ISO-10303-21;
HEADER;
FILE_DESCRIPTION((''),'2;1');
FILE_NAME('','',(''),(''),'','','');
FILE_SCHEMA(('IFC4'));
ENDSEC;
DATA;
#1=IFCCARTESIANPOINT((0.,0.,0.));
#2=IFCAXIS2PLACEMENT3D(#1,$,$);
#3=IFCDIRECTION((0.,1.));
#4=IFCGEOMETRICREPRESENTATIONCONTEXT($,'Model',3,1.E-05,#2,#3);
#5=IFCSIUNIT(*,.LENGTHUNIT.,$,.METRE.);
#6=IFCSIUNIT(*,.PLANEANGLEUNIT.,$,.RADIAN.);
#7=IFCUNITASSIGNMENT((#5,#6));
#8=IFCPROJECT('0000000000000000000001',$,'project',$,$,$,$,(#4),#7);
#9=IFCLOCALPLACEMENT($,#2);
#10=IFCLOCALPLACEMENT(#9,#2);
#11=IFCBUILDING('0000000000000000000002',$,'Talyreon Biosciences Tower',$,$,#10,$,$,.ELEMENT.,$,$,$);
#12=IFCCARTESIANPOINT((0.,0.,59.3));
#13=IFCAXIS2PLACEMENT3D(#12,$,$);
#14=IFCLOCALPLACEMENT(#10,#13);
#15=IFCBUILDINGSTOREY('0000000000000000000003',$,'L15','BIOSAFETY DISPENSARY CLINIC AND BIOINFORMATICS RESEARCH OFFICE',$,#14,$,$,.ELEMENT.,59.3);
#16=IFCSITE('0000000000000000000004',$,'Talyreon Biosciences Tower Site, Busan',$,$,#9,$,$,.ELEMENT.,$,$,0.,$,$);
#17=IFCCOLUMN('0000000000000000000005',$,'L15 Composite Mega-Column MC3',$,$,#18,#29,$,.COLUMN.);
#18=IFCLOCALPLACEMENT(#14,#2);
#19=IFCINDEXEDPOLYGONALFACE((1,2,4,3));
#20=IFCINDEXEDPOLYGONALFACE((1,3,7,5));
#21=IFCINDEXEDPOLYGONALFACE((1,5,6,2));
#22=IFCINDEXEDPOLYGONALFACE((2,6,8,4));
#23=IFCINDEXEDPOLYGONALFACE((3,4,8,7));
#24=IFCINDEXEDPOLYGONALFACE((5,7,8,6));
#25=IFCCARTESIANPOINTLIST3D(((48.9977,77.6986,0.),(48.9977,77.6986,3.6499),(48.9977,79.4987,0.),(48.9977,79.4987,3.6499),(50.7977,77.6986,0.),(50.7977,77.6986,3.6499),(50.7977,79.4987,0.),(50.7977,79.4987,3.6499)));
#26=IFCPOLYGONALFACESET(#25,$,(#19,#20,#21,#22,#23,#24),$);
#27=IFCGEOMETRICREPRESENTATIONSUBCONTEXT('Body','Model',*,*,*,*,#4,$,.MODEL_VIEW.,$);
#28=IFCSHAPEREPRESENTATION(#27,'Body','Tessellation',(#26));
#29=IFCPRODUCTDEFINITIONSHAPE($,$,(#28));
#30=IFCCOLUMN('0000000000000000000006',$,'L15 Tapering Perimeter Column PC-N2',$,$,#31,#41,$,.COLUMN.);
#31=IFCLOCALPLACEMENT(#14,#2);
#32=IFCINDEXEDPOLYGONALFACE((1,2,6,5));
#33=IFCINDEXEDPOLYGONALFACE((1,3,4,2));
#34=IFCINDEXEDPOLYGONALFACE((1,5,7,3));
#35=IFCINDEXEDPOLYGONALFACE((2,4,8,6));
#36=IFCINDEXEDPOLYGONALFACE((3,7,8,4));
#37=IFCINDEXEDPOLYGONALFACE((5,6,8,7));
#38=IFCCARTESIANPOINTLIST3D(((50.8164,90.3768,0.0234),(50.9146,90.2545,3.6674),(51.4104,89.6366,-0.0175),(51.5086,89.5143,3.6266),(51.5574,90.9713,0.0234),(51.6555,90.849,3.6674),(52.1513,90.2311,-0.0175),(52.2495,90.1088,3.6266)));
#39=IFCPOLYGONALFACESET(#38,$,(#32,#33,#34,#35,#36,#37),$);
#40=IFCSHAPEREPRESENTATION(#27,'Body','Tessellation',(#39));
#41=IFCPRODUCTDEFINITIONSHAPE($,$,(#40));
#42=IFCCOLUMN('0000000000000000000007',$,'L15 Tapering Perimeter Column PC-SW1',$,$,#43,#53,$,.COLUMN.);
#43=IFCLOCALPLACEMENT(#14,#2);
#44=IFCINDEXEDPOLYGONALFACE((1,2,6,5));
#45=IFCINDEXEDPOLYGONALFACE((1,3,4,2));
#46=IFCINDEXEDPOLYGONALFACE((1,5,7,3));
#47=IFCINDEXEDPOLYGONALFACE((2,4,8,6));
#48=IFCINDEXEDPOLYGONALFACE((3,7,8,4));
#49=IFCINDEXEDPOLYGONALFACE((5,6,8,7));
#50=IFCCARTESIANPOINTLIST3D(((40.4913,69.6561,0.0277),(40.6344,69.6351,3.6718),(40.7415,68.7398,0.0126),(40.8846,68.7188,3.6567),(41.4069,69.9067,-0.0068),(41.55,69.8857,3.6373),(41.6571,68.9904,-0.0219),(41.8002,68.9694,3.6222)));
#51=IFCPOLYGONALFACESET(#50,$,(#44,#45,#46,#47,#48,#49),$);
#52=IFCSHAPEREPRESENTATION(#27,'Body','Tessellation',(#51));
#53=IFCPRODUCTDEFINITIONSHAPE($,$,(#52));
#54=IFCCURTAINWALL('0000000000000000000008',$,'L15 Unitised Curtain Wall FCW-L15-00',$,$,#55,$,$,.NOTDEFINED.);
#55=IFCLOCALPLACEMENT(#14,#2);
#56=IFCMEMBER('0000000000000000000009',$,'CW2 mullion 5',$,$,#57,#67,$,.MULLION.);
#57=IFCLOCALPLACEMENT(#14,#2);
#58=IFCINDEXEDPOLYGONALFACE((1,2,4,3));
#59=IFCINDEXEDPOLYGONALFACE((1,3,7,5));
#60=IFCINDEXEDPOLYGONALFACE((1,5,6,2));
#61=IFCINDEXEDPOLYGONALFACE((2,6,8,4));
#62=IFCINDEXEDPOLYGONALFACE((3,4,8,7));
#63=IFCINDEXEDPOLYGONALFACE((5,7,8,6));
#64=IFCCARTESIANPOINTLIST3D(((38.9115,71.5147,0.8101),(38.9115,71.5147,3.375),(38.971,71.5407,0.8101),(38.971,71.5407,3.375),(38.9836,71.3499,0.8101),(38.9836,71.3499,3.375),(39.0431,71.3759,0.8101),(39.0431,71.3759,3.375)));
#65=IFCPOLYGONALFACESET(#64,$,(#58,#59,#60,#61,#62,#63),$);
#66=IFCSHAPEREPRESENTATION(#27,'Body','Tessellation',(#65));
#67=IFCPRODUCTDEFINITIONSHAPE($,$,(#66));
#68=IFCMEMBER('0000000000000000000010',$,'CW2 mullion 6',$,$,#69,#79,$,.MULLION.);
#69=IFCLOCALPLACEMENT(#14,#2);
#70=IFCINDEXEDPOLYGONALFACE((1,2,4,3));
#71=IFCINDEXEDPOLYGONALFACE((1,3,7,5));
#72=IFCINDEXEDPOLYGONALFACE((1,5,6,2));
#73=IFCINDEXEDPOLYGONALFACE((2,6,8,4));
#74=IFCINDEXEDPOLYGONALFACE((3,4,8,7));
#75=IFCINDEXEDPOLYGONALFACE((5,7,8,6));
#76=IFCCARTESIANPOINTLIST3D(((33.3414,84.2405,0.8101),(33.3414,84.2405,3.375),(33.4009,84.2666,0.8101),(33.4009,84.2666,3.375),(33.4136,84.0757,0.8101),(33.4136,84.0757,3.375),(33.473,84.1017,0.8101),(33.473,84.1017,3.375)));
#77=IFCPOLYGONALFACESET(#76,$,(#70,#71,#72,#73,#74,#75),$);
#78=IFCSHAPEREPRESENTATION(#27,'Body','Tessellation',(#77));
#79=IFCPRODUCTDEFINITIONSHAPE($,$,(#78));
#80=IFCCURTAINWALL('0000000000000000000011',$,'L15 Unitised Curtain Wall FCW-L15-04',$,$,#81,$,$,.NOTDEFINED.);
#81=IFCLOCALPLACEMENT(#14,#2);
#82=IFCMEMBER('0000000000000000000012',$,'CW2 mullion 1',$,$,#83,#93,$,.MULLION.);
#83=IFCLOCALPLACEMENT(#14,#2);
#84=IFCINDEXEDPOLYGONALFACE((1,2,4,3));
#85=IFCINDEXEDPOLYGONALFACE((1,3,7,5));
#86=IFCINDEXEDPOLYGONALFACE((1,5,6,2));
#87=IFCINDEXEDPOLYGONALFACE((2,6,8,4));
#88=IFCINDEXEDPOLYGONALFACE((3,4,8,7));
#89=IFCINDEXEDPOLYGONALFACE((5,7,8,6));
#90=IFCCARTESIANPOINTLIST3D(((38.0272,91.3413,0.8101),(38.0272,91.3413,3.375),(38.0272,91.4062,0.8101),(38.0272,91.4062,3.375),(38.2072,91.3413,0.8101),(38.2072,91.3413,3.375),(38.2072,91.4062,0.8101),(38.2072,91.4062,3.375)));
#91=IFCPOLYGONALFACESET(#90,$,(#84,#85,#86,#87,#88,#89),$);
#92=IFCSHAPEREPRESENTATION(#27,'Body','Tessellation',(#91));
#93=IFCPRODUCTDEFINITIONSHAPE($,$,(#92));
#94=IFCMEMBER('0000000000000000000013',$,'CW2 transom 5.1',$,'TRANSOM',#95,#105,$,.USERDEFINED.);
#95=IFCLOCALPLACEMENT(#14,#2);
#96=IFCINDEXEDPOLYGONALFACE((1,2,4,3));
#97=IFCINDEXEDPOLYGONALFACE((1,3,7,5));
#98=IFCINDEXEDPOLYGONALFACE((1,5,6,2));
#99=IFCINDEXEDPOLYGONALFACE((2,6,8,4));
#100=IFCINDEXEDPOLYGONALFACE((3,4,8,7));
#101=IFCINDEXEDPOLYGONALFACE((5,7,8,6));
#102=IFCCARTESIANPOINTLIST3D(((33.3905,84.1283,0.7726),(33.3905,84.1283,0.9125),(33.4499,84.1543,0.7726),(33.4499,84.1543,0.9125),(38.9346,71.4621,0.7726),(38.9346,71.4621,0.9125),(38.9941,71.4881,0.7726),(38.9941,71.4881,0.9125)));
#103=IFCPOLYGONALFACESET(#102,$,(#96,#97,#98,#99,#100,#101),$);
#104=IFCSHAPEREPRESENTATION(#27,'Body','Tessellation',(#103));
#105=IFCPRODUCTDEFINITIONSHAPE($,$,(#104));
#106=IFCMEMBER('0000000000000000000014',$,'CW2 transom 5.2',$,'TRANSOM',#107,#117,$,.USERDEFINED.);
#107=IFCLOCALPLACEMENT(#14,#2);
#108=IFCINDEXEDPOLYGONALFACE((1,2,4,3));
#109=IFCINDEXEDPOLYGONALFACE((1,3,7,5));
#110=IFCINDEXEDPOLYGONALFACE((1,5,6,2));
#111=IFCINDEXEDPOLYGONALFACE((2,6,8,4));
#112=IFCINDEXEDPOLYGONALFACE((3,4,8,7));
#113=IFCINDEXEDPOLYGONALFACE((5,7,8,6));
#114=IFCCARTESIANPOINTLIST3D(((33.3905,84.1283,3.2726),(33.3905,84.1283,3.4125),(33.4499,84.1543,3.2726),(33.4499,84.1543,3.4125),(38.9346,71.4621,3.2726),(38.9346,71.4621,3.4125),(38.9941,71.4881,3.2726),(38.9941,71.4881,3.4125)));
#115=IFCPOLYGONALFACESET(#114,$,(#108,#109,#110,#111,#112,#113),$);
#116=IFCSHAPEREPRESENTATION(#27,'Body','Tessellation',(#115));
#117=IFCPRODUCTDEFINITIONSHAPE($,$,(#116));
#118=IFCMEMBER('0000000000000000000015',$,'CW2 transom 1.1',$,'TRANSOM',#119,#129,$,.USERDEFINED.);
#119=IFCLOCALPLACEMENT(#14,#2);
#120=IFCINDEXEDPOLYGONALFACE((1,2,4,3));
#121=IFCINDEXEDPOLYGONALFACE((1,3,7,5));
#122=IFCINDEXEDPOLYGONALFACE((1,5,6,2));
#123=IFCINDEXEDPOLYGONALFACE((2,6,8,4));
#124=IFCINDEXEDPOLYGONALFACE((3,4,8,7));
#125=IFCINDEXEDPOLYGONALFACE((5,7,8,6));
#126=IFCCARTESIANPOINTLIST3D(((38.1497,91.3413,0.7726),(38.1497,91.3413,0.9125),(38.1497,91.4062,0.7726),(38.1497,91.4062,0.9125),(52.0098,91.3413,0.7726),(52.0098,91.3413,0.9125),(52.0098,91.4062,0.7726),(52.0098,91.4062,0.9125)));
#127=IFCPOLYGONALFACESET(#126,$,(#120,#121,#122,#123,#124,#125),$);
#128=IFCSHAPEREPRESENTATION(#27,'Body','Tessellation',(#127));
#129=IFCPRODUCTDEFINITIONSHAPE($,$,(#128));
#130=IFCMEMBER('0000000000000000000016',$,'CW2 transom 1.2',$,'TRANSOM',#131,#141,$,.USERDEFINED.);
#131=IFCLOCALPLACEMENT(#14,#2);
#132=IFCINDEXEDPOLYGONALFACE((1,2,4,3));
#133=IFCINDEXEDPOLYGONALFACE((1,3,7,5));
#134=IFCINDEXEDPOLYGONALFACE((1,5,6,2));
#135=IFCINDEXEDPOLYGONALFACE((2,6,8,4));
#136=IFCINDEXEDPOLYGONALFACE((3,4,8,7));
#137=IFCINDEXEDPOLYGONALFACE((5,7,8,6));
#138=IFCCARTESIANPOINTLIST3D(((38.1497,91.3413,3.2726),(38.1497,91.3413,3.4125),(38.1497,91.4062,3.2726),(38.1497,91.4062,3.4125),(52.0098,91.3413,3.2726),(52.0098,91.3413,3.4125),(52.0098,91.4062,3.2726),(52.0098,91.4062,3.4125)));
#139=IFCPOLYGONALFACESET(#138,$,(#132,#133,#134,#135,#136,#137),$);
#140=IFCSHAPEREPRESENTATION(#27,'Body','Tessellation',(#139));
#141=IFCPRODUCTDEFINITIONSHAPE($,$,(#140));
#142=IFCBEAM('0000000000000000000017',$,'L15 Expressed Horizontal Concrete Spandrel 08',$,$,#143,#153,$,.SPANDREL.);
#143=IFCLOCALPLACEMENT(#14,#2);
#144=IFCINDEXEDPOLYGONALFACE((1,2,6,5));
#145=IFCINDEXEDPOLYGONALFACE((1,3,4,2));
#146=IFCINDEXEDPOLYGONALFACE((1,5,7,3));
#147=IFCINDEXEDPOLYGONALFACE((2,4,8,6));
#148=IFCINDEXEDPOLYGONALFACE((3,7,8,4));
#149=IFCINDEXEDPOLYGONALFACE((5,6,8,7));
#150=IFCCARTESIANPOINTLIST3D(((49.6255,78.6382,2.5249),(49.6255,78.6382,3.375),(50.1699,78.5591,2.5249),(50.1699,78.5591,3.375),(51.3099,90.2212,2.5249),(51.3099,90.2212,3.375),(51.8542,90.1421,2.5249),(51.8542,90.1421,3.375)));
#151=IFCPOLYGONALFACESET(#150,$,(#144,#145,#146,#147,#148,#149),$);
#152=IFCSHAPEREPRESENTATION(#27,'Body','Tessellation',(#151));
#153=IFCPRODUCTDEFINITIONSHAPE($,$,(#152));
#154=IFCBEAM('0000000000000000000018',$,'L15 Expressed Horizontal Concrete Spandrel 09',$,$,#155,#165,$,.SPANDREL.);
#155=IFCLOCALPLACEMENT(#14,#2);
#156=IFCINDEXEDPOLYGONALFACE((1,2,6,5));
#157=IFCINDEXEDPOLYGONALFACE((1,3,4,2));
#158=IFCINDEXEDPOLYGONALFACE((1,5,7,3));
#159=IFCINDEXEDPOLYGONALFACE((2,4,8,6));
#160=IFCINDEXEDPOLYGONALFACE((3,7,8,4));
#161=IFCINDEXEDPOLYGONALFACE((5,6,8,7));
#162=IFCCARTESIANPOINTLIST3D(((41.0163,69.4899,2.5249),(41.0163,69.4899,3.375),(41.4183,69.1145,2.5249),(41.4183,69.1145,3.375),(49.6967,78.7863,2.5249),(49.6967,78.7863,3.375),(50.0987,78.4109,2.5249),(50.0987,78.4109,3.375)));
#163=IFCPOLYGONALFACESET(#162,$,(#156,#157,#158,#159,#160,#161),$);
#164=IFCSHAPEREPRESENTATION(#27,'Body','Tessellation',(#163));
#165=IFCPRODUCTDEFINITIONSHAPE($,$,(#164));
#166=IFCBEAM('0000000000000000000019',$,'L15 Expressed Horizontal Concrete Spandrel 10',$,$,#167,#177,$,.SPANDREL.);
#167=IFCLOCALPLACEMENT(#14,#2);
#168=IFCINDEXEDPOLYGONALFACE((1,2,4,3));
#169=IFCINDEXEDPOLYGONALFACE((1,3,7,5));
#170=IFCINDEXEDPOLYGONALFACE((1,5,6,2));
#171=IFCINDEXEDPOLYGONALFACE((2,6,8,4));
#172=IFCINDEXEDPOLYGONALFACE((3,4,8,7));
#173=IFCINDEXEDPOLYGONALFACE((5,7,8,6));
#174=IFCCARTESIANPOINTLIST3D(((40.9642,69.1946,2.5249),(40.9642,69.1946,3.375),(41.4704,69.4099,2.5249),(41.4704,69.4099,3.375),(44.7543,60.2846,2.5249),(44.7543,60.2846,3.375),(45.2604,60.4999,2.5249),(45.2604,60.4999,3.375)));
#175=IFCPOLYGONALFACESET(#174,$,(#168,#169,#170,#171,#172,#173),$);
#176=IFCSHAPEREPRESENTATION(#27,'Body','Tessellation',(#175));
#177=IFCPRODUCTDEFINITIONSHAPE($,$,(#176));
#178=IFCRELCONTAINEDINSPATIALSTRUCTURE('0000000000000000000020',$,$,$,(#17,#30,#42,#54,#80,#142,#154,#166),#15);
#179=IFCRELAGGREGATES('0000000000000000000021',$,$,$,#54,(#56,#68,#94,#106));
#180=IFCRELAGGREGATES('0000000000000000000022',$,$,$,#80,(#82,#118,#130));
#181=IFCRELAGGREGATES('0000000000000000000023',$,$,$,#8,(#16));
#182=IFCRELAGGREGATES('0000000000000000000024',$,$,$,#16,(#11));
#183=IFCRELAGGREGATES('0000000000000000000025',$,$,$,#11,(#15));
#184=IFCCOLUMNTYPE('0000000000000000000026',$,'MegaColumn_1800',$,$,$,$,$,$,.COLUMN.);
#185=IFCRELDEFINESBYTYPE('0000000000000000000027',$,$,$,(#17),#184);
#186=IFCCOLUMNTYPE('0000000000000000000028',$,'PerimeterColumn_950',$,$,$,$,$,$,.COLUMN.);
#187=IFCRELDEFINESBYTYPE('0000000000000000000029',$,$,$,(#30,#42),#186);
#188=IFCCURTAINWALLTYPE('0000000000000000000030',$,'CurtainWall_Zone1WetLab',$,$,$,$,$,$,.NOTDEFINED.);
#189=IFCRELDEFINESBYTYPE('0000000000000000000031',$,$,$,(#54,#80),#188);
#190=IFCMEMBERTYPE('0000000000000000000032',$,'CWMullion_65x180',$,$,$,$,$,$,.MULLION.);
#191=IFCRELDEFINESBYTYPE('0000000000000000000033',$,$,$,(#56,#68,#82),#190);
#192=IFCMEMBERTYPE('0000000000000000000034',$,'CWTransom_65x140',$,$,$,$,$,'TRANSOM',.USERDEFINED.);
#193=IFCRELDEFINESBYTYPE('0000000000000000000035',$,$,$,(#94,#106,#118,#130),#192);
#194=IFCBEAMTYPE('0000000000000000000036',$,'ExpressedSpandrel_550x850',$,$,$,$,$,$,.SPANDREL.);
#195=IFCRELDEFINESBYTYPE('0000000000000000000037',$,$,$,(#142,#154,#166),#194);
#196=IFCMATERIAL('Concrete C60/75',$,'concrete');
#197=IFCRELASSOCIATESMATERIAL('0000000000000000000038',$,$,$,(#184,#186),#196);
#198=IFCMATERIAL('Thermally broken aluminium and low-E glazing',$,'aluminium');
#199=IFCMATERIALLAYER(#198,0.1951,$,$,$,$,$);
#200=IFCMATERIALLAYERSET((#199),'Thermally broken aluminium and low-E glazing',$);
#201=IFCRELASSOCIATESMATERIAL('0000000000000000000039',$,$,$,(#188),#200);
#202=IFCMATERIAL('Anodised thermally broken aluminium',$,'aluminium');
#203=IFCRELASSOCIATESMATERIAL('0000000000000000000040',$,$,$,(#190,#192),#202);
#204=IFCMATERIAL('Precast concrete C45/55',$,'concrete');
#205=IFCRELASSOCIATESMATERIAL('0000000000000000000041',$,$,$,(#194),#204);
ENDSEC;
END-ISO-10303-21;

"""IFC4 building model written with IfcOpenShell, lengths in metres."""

from ifc_helpers import new_model, si_unit, direction, frame, origin, origin_2d, place, context, subcontext, project, spatial, rectangle, extrude, material, layer, layer_set, material_profile, profile_set, type_object, element, aggregate, save


model = new_model("IFC4")

# Units and contexts
model_context = context("Model", 3, precision=1e-05, world=origin(), true_north=direction((0.0, 1.0)))
body_context = subcontext(model_context, "Body", "Model", "MODEL_VIEW")
ifc_project = project(units=[si_unit("LENGTHUNIT", "METRE"), si_unit("PLANEANGLEUNIT", "RADIAN")], contexts=[model_context])

# Site, building, storey
site_placement = place(None, origin())
site = spatial("IfcSite", under=ifc_project, at=site_placement, Name="Talyreon Biosciences Tower Site, Busan", CompositionType="ELEMENT", RefElevation=0.0)
building_placement = place(site_placement, origin())
building = spatial("IfcBuilding", under=site, at=building_placement, Name="Talyreon Biosciences Tower", CompositionType="ELEMENT")
storey_placement = place(building_placement, frame((0.0, 0.0, 59.3)))
storey = spatial("IfcBuildingStorey", under=building, at=storey_placement, Name="L15", Description="BIOSAFETY DISPENSARY CLINIC AND BIOINFORMATICS RESEARCH OFFICE", CompositionType="ELEMENT", Elevation=59.3)

# Columns
ifc_material_1 = material(Name="Concrete C60/75", Category="concrete")
ifc_material_profile_1 = material_profile(ifc_material_1, rectangle(XDim=1.8, YDim=1.8, at=origin_2d()), Name="RC 1800x1800")
ifc_profile_set_1 = profile_set([ifc_material_profile_1], Name="Concrete C60/75")
column_type_1 = type_object("IfcColumnType", Name="MegaColumn_1800", PredefinedType="COLUMN", material=ifc_profile_set_1)
column_1_placement = place(storey_placement, frame((49.8977, 78.5986, 0.0), z_axis=(0.0, 0.0, 1.0), x_axis=(1.0, 0.0, 0.0)))
element("IfcColumn", 1, at=column_1_placement, inside=storey, type_object=column_type_1, Name="L15 Composite Mega-Column MC3", PredefinedType="COLUMN", context=body_context, shape_type="SweptSolid", body=[
    extrude(rectangle(XDim=1.8, YDim=1.8, at=origin_2d()), origin(), (0.0, 0.0, 1.0), 3.6499),
])
ifc_material_profile_2 = material_profile(ifc_material_1, rectangle(XDim=0.95, YDim=0.95, at=origin_2d()), Name="RC 950x950")
ifc_profile_set_2 = profile_set([ifc_material_profile_2], Name="Concrete C60/75")
column_type_2 = type_object("IfcColumnType", Name="PerimeterColumn_950", PredefinedType="COLUMN", material=ifc_profile_set_2)
column_2_placement = place(storey_placement, frame((51.4839, 90.304, 0.0029), z_axis=(0.026908, -0.033535, 0.999075), x_axis=(-0.779957, -0.625834, 0.0)))
element("IfcColumn", 2, at=column_2_placement, inside=storey, type_object=column_type_2, Name="L15 Tapering Perimeter Column PC-N2", PredefinedType="COLUMN", context=body_context, shape_type="SweptSolid", body=[
    extrude(rectangle(XDim=0.95, YDim=0.95, at=origin_2d()), origin(), (0.0, 0.0, 1.0), 3.6475),
])
column_3_placement = place(storey_placement, frame((41.0742, 69.3232, 0.0029), z_axis=(0.039229, -0.005757, 0.999214), x_axis=(0.963891, 0.263809, -0.036323)))
element("IfcColumn", 3, at=column_3_placement, inside=storey, type_object=column_type_2, Name="L15 Tapering Perimeter Column PC-SW1", PredefinedType="COLUMN", context=body_context, shape_type="SweptSolid", body=[
    extrude(rectangle(XDim=0.95, YDim=0.95, at=origin_2d()), origin(), (0.0, 0.0, 1.0), 3.647),
])

# Curtain wall, members
ifc_material_2 = material(Name="Thermally broken aluminium and low-E glazing", Category="aluminium")
ifc_layer_1 = layer(ifc_material_2, 0.1951)
ifc_layer_set_1 = layer_set([ifc_layer_1], Name="Thermally broken aluminium and low-E glazing")
curtain_wall_type = type_object("IfcCurtainWallType", Name="CurtainWall_Zone1WetLab", PredefinedType="NOTDEFINED", material=ifc_layer_set_1)
curtain_wall_1_placement = place(storey_placement, origin())
curtain_wall_1 = element("IfcCurtainWall", 4, at=curtain_wall_1_placement, inside=storey, type_object=curtain_wall_type, Name="L15 Unitised Curtain Wall FCW-L15-00", PredefinedType="NOTDEFINED")
ifc_material_3 = material(Name="Anodised thermally broken aluminium", Category="aluminium")
ifc_material_profile_3 = material_profile(ifc_material_3, rectangle(XDim=0.0649, YDim=0.1799, at=origin_2d()), Name="ALUM MULLION 65x180")
ifc_profile_set_3 = profile_set([ifc_material_profile_3], Name="Anodised thermally broken aluminium")
member_type_1 = type_object("IfcMemberType", Name="CWMullion_65x180", PredefinedType="MULLION", material=ifc_profile_set_3)
member_1_placement = place(storey_placement, frame((38.9773, 71.4453, 0.8101), z_axis=(0.0, 0.0, 1.0), x_axis=(-0.916092, -0.400968, 0.0)))
member_1 = element("IfcMember", 5, at=member_1_placement, type_object=member_type_1, Name="CW2 mullion 5", PredefinedType="MULLION", context=body_context, shape_type="SweptSolid", body=[
    extrude(rectangle(XDim=0.0649, YDim=0.1799, at=origin_2d()), origin(), (0.0, 0.0, 1.0), 2.5649),
])
member_2_placement = place(storey_placement, frame((33.4072, 84.1711, 0.8101), z_axis=(0.0, 0.0, 1.0), x_axis=(-0.916092, -0.400968, 0.0)))
member_2 = element("IfcMember", 6, at=member_2_placement, type_object=member_type_1, Name="CW2 mullion 6", PredefinedType="MULLION", context=body_context, shape_type="SweptSolid", body=[
    extrude(rectangle(XDim=0.0649, YDim=0.1799, at=origin_2d()), origin(), (0.0, 0.0, 1.0), 2.5649),
])

# Curtain wall, member
curtain_wall_2_placement = place(storey_placement, origin())
curtain_wall_2 = element("IfcCurtainWall", 7, at=curtain_wall_2_placement, inside=storey, type_object=curtain_wall_type, Name="L15 Unitised Curtain Wall FCW-L15-04", PredefinedType="NOTDEFINED")
member_3_placement = place(storey_placement, frame((38.1172, 91.3738, 0.8101), z_axis=(0.0, 0.0, 1.0), x_axis=(0.0, 1.0, 0.0)))
member_3 = element("IfcMember", 8, at=member_3_placement, type_object=member_type_1, Name="CW2 mullion 1", PredefinedType="MULLION", context=body_context, shape_type="SweptSolid", body=[
    extrude(rectangle(XDim=0.0649, YDim=0.1799, at=origin_2d()), origin(), (0.0, 0.0, 1.0), 2.5649),
])

# Members
ifc_material_profile_4 = material_profile(ifc_material_3, rectangle(XDim=0.0649, YDim=0.1399, at=origin_2d()), Name="ALUM TRANSOM 65x140")
ifc_profile_set_4 = profile_set([ifc_material_profile_4], Name="Anodised thermally broken aluminium")
member_type_2 = type_object("IfcMemberType", Name="CWTransom_65x140", ElementType="TRANSOM", PredefinedType="USERDEFINED", material=ifc_profile_set_4)
member_4_placement = place(storey_placement, frame((38.9644, 71.4751, 0.8425), z_axis=(-0.400983, 0.916086, 0.0), x_axis=(-0.916086, -0.400983, 0.0)))
member_4 = element("IfcMember", 9, at=member_4_placement, type_object=member_type_2, Name="CW2 transom 5.1", ObjectType="TRANSOM", PredefinedType="USERDEFINED", context=body_context, shape_type="SweptSolid", body=[
    extrude(rectangle(XDim=0.0649, YDim=0.1399, at=origin_2d()), origin(), (0.0, 0.0, 1.0), 13.8264),
])
member_5_placement = place(storey_placement, frame((38.9644, 71.4751, 3.3425), z_axis=(-0.400983, 0.916086, 0.0), x_axis=(-0.916086, -0.400983, 0.0)))
member_5 = element("IfcMember", 10, at=member_5_placement, type_object=member_type_2, Name="CW2 transom 5.2", ObjectType="TRANSOM", PredefinedType="USERDEFINED", context=body_context, shape_type="SweptSolid", body=[
    extrude(rectangle(XDim=0.0649, YDim=0.1399, at=origin_2d()), origin(), (0.0, 0.0, 1.0), 13.8264),
])
member_6_placement = place(storey_placement, frame((38.1497, 91.3738, 0.8425), z_axis=(1.0, 0.0, 0.0), x_axis=(0.0, 1.0, 0.0)))
member_6 = element("IfcMember", 11, at=member_6_placement, type_object=member_type_2, Name="CW2 transom 1.1", ObjectType="TRANSOM", PredefinedType="USERDEFINED", context=body_context, shape_type="SweptSolid", body=[
    extrude(rectangle(XDim=0.0649, YDim=0.1399, at=origin_2d()), origin(), (0.0, 0.0, 1.0), 13.8601),
])
member_7_placement = place(storey_placement, frame((38.1497, 91.3738, 3.3425), z_axis=(1.0, 0.0, 0.0), x_axis=(0.0, 1.0, 0.0)))
member_7 = element("IfcMember", 12, at=member_7_placement, type_object=member_type_2, Name="CW2 transom 1.2", ObjectType="TRANSOM", PredefinedType="USERDEFINED", context=body_context, shape_type="SweptSolid", body=[
    extrude(rectangle(XDim=0.0649, YDim=0.1399, at=origin_2d()), origin(), (0.0, 0.0, 1.0), 13.8601),
])

# Beams
ifc_material_4 = material(Name="Precast concrete C45/55", Category="concrete")
ifc_material_profile_5 = material_profile(ifc_material_4, rectangle(XDim=0.55, YDim=0.8501, at=origin_2d()), Name="RCB 550x850")
ifc_profile_set_5 = profile_set([ifc_material_profile_5], Name="Precast concrete C45/55")
beam_type_1 = type_object("IfcBeamType", Name="ExpressedSpandrel_550x850", PredefinedType="SPANDREL", material=ifc_profile_set_5)
beam_1_placement = place(storey_placement, frame((51.582, 90.1816, 2.95), z_axis=(-0.1439, -0.989592, 0.0), x_axis=(0.989592, -0.1439, 0.0)))
element("IfcBeam", 13, at=beam_1_placement, inside=storey, type_object=beam_type_1, Name="L15 Expressed Horizontal Concrete Spandrel 08", PredefinedType="SPANDREL", context=body_context, shape_type="SweptSolid", body=[
    extrude(rectangle(XDim=0.55, YDim=0.8501, at=origin_2d()), origin(), (0.0, 0.0, 1.0), 11.7048),
])
beam_2_placement = place(storey_placement, frame((49.8977, 78.5986, 2.95), z_axis=(-0.682478, -0.730907, 0.0), x_axis=(0.730907, -0.682478, 0.0)))
element("IfcBeam", 14, at=beam_2_placement, inside=storey, type_object=beam_type_1, Name="L15 Expressed Horizontal Concrete Spandrel 09", PredefinedType="SPANDREL", context=body_context, shape_type="SweptSolid", body=[
    extrude(rectangle(XDim=0.55, YDim=0.8501, at=origin_2d()), origin(), (0.0, 0.0, 1.0), 12.719),
])
beam_3_placement = place(storey_placement, frame((41.2173, 69.3022, 2.95), z_axis=(0.391432, -0.920207, 0.0), x_axis=(0.920207, 0.391432, 0.0)))
element("IfcBeam", 15, at=beam_3_placement, inside=storey, type_object=beam_type_1, Name="L15 Expressed Horizontal Concrete Spandrel 10", PredefinedType="SPANDREL", context=body_context, shape_type="SweptSolid", body=[
    extrude(rectangle(XDim=0.55, YDim=0.8501, at=origin_2d()), origin(), (0.0, 0.0, 1.0), 9.6826),
])

aggregate(curtain_wall_1, [member_1, member_2, member_4, member_5])
aggregate(curtain_wall_2, [member_3, member_6, member_7])

save(model, "model.ifc")
